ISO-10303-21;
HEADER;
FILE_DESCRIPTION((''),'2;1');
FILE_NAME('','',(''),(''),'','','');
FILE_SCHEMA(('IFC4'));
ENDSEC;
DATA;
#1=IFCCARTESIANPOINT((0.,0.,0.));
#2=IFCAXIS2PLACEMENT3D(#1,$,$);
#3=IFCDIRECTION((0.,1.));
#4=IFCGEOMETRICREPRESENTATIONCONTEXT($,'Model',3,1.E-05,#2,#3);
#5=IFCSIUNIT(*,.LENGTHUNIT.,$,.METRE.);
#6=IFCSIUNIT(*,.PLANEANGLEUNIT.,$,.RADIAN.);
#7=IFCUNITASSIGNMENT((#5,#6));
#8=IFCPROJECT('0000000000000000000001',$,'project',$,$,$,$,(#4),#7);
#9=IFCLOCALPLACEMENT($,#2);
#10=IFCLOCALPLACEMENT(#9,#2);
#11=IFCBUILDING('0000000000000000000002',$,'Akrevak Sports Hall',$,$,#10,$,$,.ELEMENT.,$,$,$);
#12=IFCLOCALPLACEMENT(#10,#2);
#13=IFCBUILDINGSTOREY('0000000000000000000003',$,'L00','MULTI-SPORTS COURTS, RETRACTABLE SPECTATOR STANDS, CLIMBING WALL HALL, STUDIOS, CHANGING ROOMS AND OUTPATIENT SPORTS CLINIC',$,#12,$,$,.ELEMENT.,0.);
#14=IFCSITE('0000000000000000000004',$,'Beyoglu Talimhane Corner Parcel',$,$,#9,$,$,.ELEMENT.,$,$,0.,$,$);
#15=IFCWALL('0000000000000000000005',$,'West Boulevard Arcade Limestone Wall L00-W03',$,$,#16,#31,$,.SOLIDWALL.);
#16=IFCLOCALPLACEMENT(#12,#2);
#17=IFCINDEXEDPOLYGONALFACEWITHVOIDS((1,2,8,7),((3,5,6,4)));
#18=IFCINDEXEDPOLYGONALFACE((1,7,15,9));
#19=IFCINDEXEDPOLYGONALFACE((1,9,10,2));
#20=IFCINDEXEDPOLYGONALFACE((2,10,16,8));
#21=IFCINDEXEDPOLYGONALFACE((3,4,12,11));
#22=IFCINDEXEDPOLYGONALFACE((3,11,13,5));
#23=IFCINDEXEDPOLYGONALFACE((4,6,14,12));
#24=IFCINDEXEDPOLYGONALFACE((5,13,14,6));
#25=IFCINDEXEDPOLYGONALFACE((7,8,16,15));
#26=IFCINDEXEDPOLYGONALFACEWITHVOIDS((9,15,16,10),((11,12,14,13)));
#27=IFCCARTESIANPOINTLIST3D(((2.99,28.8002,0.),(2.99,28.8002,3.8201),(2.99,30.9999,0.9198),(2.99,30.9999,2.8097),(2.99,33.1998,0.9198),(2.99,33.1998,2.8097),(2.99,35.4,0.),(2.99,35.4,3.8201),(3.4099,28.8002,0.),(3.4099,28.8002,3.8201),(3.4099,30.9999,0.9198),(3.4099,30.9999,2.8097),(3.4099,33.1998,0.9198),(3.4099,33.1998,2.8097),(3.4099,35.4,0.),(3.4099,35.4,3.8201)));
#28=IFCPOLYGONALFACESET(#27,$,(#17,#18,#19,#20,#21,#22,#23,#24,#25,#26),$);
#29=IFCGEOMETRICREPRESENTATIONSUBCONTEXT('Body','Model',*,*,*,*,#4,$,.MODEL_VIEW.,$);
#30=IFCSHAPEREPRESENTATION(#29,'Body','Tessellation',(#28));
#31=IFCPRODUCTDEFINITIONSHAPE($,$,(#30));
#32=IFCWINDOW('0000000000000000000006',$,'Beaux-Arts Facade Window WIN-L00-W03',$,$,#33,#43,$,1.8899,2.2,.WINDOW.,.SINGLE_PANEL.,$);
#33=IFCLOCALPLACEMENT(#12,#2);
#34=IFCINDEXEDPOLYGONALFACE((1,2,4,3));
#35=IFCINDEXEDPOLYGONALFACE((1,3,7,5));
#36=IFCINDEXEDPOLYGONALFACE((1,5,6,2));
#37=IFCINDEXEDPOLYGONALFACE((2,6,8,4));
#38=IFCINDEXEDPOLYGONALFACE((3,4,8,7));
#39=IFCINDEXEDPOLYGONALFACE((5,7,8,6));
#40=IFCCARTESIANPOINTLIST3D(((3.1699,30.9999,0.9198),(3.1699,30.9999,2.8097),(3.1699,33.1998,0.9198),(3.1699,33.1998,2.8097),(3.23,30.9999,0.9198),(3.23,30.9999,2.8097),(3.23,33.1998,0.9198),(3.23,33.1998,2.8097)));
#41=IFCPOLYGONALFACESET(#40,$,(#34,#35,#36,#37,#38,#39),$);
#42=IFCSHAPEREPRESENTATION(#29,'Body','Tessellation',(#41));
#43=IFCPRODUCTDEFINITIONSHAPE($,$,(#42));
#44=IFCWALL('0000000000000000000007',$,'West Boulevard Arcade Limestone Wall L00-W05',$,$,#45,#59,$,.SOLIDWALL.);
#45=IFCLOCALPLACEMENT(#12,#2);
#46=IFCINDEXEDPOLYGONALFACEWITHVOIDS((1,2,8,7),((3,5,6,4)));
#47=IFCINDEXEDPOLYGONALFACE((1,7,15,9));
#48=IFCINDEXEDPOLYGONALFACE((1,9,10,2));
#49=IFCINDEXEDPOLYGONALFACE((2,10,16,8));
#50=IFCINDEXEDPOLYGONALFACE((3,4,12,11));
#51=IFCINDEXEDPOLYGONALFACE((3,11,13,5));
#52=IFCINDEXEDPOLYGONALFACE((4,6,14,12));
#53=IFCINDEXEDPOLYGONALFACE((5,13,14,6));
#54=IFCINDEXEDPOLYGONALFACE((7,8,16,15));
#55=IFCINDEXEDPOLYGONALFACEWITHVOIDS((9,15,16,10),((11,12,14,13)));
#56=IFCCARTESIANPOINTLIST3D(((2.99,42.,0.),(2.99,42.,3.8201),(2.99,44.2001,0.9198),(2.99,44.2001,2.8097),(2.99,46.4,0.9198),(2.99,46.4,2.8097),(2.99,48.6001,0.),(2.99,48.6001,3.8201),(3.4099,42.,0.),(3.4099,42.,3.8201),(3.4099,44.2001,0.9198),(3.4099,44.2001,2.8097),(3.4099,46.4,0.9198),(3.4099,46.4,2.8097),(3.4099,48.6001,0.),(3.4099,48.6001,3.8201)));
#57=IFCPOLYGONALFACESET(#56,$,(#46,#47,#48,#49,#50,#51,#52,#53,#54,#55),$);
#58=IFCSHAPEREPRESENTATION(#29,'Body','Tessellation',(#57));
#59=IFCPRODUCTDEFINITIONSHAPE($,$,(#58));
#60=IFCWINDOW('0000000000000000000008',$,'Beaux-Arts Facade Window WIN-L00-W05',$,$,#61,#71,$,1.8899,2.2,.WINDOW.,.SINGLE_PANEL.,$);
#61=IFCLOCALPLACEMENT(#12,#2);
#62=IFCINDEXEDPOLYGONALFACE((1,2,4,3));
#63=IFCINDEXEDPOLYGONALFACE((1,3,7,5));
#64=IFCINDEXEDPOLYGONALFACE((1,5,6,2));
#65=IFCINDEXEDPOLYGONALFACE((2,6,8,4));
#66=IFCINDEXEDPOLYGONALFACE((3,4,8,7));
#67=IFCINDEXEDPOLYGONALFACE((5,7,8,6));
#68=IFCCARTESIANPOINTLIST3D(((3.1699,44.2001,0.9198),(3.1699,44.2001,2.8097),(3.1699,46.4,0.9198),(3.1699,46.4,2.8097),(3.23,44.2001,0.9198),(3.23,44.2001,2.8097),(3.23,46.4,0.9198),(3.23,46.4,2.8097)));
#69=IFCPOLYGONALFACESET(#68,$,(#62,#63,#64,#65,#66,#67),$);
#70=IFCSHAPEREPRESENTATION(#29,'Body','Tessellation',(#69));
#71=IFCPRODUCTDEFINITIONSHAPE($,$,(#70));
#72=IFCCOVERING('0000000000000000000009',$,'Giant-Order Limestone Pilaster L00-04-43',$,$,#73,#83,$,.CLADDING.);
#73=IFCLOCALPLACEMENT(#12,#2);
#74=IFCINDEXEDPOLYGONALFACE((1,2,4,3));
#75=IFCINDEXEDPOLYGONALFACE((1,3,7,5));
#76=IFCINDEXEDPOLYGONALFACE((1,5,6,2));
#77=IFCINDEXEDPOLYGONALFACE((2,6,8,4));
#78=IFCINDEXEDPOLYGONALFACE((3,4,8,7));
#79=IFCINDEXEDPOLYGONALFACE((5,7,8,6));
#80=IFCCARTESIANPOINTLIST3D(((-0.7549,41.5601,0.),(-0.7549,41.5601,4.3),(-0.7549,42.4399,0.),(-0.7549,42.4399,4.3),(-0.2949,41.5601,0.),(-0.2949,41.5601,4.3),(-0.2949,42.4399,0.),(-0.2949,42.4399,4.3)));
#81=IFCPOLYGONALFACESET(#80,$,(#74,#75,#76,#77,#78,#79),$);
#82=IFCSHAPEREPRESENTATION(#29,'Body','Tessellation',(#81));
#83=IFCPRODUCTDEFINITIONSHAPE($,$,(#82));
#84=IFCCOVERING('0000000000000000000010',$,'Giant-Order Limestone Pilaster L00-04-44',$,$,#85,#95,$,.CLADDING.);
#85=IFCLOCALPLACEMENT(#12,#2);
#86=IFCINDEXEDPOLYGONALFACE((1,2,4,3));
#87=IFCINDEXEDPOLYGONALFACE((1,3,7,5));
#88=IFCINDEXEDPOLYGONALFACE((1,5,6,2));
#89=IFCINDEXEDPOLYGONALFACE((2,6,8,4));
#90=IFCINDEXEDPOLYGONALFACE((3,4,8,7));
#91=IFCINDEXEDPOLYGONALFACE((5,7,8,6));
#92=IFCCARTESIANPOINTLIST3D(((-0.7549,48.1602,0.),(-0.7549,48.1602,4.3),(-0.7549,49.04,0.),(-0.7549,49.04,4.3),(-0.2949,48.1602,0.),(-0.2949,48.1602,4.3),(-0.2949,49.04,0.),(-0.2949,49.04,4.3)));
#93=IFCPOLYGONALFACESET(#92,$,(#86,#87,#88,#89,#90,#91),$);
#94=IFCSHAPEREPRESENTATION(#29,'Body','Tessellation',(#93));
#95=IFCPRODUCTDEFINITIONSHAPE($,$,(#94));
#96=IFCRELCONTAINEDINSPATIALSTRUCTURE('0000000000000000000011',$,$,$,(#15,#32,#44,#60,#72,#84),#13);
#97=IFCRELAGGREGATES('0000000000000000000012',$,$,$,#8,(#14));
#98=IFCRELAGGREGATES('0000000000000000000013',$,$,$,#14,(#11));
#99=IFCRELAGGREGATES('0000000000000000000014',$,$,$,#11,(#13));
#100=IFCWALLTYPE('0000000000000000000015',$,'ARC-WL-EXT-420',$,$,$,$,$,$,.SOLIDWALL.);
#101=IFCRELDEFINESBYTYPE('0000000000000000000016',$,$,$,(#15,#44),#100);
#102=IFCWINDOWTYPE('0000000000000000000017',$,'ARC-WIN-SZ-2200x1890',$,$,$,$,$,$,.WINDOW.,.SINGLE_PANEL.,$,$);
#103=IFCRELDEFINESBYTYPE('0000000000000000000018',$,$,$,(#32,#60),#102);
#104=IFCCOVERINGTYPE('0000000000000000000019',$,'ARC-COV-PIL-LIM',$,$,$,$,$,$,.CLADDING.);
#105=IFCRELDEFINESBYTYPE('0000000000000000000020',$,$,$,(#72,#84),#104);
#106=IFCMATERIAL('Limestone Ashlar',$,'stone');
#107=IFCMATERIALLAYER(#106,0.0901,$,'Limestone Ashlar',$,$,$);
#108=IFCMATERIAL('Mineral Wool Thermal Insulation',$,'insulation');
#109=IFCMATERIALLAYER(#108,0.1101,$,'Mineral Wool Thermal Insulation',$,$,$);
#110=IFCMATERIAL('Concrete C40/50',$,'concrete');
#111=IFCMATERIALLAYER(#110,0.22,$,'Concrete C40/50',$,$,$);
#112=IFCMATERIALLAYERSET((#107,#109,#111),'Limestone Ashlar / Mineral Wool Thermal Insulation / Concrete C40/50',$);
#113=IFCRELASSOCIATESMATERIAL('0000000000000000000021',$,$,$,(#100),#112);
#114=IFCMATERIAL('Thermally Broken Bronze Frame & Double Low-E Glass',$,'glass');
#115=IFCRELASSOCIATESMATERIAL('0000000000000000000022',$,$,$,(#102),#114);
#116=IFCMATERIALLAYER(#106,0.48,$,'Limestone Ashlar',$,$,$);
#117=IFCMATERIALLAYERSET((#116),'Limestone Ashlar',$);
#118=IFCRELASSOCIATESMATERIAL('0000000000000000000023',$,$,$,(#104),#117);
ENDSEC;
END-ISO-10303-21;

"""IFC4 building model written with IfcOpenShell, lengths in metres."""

from ifc_helpers import new_model, si_unit, direction, frame, frame_2d, origin, origin_2d, place, context, subcontext, project, spatial, rectangle, extrude, material, layer, layer_set, type_object, element, fill, save


model = new_model("IFC4")

# Units and contexts
model_context = context("Model", 3, precision=1e-05, world=origin(), true_north=direction((0.0, 1.0)))
body_context = subcontext(model_context, "Body", "Model", "MODEL_VIEW")
ifc_project = project(units=[si_unit("LENGTHUNIT", "METRE"), si_unit("PLANEANGLEUNIT", "RADIAN")], contexts=[model_context])

# Site, building, storey
site_placement = place(None, origin())
site = spatial("IfcSite", under=ifc_project, at=site_placement, Name="Beyoglu Talimhane Corner Parcel", CompositionType="ELEMENT", RefElevation=0.0)
building_placement = place(site_placement, origin())
building = spatial("IfcBuilding", under=site, at=building_placement, Name="Akrevak Sports Hall", CompositionType="ELEMENT")
storey_placement = place(building_placement, origin())
storey = spatial("IfcBuildingStorey", under=building, at=storey_placement, Name="L00", Description="MULTI-SPORTS COURTS, RETRACTABLE SPECTATOR STANDS, CLIMBING WALL HALL, STUDIOS, CHANGING ROOMS AND OUTPATIENT SPORTS CLINIC", CompositionType="ELEMENT", Elevation=0.0)

# Shared definitions
ifc_material_1 = material(Name="Concrete C40/50", Category="concrete")

# Wall, opening, window
ifc_material_2 = material(Name="Limestone Ashlar", Category="stone")
ifc_layer_1 = layer(ifc_material_2, 0.0901, Name="Limestone Ashlar")
ifc_material_3 = material(Name="Mineral Wool Thermal Insulation", Category="insulation")
ifc_layer_2 = layer(ifc_material_3, 0.1101, Name="Mineral Wool Thermal Insulation")
ifc_layer_3 = layer(ifc_material_1, 0.22, Name="Concrete C40/50")
ifc_layer_set_1 = layer_set([ifc_layer_1, ifc_layer_2, ifc_layer_3], Name="Limestone Ashlar / Mineral Wool Thermal Insulation / Concrete C40/50")
wall_type = type_object("IfcWallType", Name="ARC-WL-EXT-420", PredefinedType="SOLIDWALL", material=ifc_layer_set_1)
wall_1_placement = place(storey_placement, frame((3.2, 35.3999, 0.0), z_axis=(0.0, 0.0, 1.0), x_axis=(0.0, -1.0, 0.0)))
wall_1 = element("IfcWall", 1, at=wall_1_placement, inside=storey, type_object=wall_type, Name="West Boulevard Arcade Limestone Wall L00-W03", PredefinedType="SOLIDWALL", context=body_context, shape_type="SweptSolid", body=[
    extrude(rectangle(XDim=6.5999, YDim=0.4199, at=frame_2d((3.2998, 0.0))), origin(), (0.0, 0.0, 1.0), 3.8201),
])
opening_1_placement = place(wall_1_placement, frame((2.2, 0.0, 0.9199)))
opening_1 = element("IfcOpeningElement", 2, at=opening_1_placement, cuts=wall_1, PredefinedType="OPENING", context=body_context, shape_type="SweptSolid", body=[
    extrude(rectangle(XDim=2.2, YDim=1.8899, at=frame_2d((1.1001, 0.9448))), frame((0.0, 0.2219, 0.0), z_axis=(0.0, -1.0, 0.0), x_axis=(1.0, 0.0, 0.0)), (0.0, 0.0, 1.0), 0.4438),
])
ifc_material_4 = material(Name="Thermally Broken Bronze Frame & Double Low-E Glass", Category="glass")
window_type = type_object("IfcWindowType", Name="ARC-WIN-SZ-2200x1890", PartitioningType="SINGLE_PANEL", PredefinedType="WINDOW", material=ifc_material_4)
window_1_placement = place(opening_1_placement, origin())
window_1 = element("IfcWindow", 3, at=window_1_placement, inside=storey, type_object=window_type, Name="Beaux-Arts Facade Window WIN-L00-W03", OverallHeight=1.8899, OverallWidth=2.2, PartitioningType="SINGLE_PANEL", PredefinedType="WINDOW", context=body_context, shape_type="SweptSolid", body=[
    extrude(rectangle(XDim=2.2, YDim=1.8899, at=frame_2d((1.1001, 0.9448))), frame((0.0, 0.03, 0.0), z_axis=(0.0, -1.0, 0.0), x_axis=(1.0, 0.0, 0.0)), (0.0, 0.0, 1.0), 0.0601),
])
fill(opening_1, window_1)

# Wall, opening, window
wall_2_placement = place(storey_placement, frame((3.2, 48.6001, 0.0), z_axis=(0.0, 0.0, 1.0), x_axis=(0.0, -1.0, 0.0)))
wall_2 = element("IfcWall", 4, at=wall_2_placement, inside=storey, type_object=wall_type, Name="West Boulevard Arcade Limestone Wall L00-W05", PredefinedType="SOLIDWALL", context=body_context, shape_type="SweptSolid", body=[
    extrude(rectangle(XDim=6.6001, YDim=0.4199, at=frame_2d((3.3, 0.0))), origin(), (0.0, 0.0, 1.0), 3.8201),
])
opening_2_placement = place(wall_2_placement, frame((2.2, 0.0, 0.9199)))
opening_2 = element("IfcOpeningElement", 5, at=opening_2_placement, cuts=wall_2, PredefinedType="OPENING", context=body_context, shape_type="SweptSolid", body=[
    extrude(rectangle(XDim=2.2, YDim=1.8899, at=frame_2d((1.1001, 0.9448))), frame((0.0, 0.2219, 0.0), z_axis=(0.0, -1.0, 0.0), x_axis=(1.0, 0.0, 0.0)), (0.0, 0.0, 1.0), 0.4438),
])
window_2_placement = place(opening_2_placement, origin())
window_2 = element("IfcWindow", 6, at=window_2_placement, inside=storey, type_object=window_type, Name="Beaux-Arts Facade Window WIN-L00-W05", OverallHeight=1.8899, OverallWidth=2.2, PartitioningType="SINGLE_PANEL", PredefinedType="WINDOW", context=body_context, shape_type="SweptSolid", body=[
    extrude(rectangle(XDim=2.2, YDim=1.8899, at=frame_2d((1.1001, 0.9448))), frame((0.0, 0.03, 0.0), z_axis=(0.0, -1.0, 0.0), x_axis=(1.0, 0.0, 0.0)), (0.0, 0.0, 1.0), 0.0601),
])
fill(opening_2, window_2)

# Coverings
ifc_layer_4 = layer(ifc_material_2, 0.48, Name="Limestone Ashlar")
ifc_layer_set_2 = layer_set([ifc_layer_4], Name="Limestone Ashlar")
covering_type = type_object("IfcCoveringType", Name="ARC-COV-PIL-LIM", PredefinedType="CLADDING", material=ifc_layer_set_2)
for number, where, z_axis, x_axis, name in (
    (7, (-0.5249, 42.0, 0.0), (0.0, 0.0, 1.0), (0.0, -1.0, 0.0), "Giant-Order Limestone Pilaster L00-04-43"),
    (8, (-0.5249, 48.6001, 0.0), (0.0, 0.0, 1.0), (0.0, -1.0, 0.0), "Giant-Order Limestone Pilaster L00-04-44"),
):
    element("IfcCovering", number, at=place(storey_placement, frame(where, z_axis=z_axis, x_axis=x_axis)), inside=storey, type_object=covering_type, Name=name, PredefinedType="CLADDING", context=body_context, shape_type="SweptSolid", body=[
        extrude(rectangle(XDim=0.8799, YDim=0.46, at=origin_2d()), origin(), (0.0, 0.0, 1.0), 4.3),
    ])

save(model, "model.ifc")
